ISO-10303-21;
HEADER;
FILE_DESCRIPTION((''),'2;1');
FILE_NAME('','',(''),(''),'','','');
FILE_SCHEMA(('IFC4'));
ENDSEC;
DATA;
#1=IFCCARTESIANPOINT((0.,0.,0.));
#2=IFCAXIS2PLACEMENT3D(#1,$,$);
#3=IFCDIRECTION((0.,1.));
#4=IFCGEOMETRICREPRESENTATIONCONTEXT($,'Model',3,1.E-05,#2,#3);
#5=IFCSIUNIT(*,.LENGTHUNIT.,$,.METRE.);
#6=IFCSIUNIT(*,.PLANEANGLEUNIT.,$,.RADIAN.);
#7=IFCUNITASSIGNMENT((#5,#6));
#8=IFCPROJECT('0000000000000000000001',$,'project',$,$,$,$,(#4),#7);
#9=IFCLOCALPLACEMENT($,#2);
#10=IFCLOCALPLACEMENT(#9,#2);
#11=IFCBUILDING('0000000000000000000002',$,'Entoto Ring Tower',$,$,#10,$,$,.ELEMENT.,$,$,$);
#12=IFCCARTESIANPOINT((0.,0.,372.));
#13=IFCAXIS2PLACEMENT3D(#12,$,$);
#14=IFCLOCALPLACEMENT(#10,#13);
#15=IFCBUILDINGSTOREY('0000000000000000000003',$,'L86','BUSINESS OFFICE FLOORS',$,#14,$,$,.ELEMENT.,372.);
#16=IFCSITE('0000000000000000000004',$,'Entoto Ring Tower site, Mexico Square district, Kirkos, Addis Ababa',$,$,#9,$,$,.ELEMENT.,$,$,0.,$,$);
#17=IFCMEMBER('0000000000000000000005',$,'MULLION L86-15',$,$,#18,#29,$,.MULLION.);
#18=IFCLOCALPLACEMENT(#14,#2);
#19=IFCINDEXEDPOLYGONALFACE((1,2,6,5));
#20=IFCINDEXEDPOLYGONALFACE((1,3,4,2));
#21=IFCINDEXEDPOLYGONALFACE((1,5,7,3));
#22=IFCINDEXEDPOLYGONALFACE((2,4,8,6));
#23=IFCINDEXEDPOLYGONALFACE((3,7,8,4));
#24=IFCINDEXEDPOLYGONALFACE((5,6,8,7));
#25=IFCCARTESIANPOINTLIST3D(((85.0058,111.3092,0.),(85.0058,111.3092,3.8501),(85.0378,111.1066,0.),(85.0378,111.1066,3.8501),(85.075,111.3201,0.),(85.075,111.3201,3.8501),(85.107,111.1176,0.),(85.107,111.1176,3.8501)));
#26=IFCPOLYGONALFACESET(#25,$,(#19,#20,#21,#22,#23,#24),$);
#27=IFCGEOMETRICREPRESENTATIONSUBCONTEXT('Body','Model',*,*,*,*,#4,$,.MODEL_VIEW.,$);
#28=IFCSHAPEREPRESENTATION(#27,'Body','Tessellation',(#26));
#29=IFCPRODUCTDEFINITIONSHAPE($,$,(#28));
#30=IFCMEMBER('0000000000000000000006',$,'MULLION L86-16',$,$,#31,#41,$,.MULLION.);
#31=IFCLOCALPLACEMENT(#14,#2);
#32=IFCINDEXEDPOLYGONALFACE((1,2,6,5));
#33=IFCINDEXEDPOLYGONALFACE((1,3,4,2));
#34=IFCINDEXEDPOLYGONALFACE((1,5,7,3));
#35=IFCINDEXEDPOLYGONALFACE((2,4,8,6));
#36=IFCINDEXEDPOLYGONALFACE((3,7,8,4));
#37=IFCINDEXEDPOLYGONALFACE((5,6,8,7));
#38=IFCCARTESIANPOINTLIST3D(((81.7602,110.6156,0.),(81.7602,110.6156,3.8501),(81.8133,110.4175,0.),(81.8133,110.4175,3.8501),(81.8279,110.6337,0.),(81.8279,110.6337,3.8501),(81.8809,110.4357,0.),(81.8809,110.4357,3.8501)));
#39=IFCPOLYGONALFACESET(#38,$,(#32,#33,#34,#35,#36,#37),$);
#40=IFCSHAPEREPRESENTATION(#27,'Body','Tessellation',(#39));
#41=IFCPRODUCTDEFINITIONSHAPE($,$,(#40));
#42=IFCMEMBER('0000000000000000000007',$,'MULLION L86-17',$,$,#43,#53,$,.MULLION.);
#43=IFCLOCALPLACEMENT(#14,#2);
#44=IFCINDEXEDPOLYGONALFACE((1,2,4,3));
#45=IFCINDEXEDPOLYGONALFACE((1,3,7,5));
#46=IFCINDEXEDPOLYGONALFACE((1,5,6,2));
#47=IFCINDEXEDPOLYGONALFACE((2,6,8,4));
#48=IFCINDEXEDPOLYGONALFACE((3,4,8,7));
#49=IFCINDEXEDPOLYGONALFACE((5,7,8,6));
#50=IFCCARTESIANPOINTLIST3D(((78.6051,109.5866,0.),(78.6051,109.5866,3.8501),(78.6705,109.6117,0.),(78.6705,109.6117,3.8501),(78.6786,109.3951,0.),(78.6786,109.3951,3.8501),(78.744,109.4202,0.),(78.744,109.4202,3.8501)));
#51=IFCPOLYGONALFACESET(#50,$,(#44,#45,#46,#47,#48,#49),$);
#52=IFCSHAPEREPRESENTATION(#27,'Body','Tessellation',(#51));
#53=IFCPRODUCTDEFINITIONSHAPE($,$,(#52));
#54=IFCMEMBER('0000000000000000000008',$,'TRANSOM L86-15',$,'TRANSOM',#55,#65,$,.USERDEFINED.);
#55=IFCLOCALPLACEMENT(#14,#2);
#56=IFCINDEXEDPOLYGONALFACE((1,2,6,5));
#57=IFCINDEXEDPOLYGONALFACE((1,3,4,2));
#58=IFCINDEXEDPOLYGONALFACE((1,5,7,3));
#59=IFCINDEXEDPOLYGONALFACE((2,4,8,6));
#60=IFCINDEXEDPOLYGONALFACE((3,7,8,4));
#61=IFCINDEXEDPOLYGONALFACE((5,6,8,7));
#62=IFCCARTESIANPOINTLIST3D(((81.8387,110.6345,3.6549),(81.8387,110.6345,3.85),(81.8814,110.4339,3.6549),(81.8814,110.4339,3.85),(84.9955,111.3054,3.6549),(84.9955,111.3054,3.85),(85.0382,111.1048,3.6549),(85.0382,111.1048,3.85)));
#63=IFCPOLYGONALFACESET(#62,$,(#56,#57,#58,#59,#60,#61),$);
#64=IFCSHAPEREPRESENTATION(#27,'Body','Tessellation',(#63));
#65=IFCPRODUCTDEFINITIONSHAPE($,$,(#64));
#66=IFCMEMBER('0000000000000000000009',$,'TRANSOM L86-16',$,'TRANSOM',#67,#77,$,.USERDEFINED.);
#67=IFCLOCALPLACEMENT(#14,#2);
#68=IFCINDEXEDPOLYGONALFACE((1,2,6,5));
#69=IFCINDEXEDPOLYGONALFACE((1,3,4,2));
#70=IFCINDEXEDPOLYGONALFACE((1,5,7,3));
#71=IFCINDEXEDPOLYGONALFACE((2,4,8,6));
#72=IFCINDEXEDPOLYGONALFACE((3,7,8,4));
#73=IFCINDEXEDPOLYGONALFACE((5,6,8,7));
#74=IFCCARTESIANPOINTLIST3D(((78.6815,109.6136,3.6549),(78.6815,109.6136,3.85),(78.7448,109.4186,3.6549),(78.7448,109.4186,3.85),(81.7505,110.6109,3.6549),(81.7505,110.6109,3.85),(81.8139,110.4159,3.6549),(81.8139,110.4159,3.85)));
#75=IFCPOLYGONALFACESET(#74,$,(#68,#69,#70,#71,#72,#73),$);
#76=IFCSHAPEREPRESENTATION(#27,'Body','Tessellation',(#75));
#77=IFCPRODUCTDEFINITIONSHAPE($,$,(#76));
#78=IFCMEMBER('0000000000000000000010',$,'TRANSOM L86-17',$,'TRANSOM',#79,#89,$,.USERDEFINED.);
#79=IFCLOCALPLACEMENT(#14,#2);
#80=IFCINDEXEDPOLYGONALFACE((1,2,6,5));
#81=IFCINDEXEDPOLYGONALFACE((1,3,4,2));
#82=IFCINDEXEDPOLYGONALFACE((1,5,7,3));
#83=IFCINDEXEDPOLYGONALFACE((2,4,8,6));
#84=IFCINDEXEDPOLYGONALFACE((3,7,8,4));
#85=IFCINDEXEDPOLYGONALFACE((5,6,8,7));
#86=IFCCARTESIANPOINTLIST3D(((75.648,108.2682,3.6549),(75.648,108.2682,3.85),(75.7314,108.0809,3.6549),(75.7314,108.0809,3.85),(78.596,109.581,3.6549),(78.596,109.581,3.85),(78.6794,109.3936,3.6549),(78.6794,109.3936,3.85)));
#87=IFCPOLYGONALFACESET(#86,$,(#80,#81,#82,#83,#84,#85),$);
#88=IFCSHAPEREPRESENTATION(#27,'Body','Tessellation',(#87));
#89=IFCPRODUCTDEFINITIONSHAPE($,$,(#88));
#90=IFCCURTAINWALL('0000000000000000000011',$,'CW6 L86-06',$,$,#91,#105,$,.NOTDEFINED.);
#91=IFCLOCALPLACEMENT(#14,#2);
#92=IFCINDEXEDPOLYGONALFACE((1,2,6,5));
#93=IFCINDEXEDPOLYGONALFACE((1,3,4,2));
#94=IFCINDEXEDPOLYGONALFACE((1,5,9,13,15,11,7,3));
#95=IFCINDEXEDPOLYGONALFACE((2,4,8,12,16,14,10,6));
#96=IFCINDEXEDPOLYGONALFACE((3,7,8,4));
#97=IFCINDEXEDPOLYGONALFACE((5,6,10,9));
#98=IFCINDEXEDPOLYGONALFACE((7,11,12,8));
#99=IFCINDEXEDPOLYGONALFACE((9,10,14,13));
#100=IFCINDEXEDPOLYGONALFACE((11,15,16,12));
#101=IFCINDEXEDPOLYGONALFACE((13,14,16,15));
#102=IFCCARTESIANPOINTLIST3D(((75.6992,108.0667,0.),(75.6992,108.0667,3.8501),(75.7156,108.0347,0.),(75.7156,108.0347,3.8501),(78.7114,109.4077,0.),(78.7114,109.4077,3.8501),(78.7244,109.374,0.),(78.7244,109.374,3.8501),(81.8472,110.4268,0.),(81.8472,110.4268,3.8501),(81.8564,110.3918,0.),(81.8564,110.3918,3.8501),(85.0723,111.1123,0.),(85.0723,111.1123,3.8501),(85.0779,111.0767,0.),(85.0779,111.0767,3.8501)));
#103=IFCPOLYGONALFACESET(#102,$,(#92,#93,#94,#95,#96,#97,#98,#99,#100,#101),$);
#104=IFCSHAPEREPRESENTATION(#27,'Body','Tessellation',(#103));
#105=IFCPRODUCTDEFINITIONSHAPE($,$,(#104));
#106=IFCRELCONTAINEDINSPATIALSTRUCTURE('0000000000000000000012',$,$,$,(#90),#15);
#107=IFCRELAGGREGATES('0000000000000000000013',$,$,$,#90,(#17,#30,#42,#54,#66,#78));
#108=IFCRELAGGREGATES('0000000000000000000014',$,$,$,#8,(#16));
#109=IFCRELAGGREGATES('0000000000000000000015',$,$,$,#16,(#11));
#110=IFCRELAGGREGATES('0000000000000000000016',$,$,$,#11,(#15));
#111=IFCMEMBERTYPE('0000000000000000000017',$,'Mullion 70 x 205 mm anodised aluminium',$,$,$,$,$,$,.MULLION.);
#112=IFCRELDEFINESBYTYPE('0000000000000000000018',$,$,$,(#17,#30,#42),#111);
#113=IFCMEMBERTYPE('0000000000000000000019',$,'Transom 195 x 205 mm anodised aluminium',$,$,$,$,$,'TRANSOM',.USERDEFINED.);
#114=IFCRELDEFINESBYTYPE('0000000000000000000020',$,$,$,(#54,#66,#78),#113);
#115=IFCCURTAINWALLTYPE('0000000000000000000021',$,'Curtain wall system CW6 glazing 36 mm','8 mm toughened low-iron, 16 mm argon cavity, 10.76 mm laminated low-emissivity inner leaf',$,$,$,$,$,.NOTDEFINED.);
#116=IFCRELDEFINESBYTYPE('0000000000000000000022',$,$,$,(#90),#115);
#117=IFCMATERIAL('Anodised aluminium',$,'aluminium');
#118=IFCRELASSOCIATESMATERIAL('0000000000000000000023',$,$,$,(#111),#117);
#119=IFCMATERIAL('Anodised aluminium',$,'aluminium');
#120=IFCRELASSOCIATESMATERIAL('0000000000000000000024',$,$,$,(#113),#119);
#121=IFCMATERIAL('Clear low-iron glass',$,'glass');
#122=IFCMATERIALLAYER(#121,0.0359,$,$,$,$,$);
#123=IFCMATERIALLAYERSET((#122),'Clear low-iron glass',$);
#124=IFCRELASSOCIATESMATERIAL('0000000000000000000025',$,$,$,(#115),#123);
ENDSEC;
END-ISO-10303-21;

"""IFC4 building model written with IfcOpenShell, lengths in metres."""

from ifc_helpers import new_model, si_unit, direction, frame, origin, origin_2d, place, context, subcontext, project, spatial, polyline, rectangle, outline, extrude, material, layer, layer_set, material_profile, profile_set, type_object, element, aggregate, save


model = new_model("IFC4")

# Units and contexts
model_context = context("Model", 3, precision=1e-05, world=origin(), true_north=direction((0.0, 1.0)))
body_context = subcontext(model_context, "Body", "Model", "MODEL_VIEW")
ifc_project = project(units=[si_unit("LENGTHUNIT", "METRE"), si_unit("PLANEANGLEUNIT", "RADIAN")], contexts=[model_context])

# Members
ifc_material_1 = material(Name="Anodised aluminium", Category="aluminium")
ifc_material_profile_1 = material_profile(ifc_material_1, rectangle(XDim=0.0701, YDim=0.2051, at=origin_2d()), Name="Mullion 70 x 205 mm anodised aluminium")
ifc_profile_set_1 = profile_set([ifc_material_profile_1], Name="Anodised aluminium")
member_type_1 = type_object("IfcMemberType", Name="Mullion 70 x 205 mm anodised aluminium", PredefinedType="MULLION", material=ifc_profile_set_1)
site_placement = place(None, origin())
building_placement = place(site_placement, origin())
storey_placement = place(building_placement, frame((0.0, 0.0, 372.0)))
member_1_placement = place(storey_placement, frame((85.0564, 111.2134, 0.0), z_axis=(0.0, 0.0, 1.0), x_axis=(-0.987688, -0.156434, 0.0)))
member_1 = element("IfcMember", 1, at=member_1_placement, type_object=member_type_1, Name="MULLION L86-15", PredefinedType="MULLION", context=body_context, shape_type="SweptSolid", body=[
    extrude(rectangle(XDim=0.0701, YDim=0.2051, at=origin_2d()), origin(), (0.0, 0.0, 1.0), 3.8501),
])
member_2_placement = place(storey_placement, frame((81.8206, 110.5256, 0.0), z_axis=(0.0, 0.0, 1.0), x_axis=(-0.965926, -0.258819, 0.0)))
member_2 = element("IfcMember", 2, at=member_2_placement, type_object=member_type_1, Name="MULLION L86-16", PredefinedType="MULLION", context=body_context, shape_type="SweptSolid", body=[
    extrude(rectangle(XDim=0.0701, YDim=0.2051, at=origin_2d()), origin(), (0.0, 0.0, 1.0), 3.8501),
])
member_3_placement = place(storey_placement, frame((78.6746, 109.5034, 0.0), z_axis=(0.0, 0.0, 1.0), x_axis=(-0.93358, -0.358368, 0.0)))
member_3 = element("IfcMember", 3, at=member_3_placement, type_object=member_type_1, Name="MULLION L86-17", PredefinedType="MULLION", context=body_context, shape_type="SweptSolid", body=[
    extrude(rectangle(XDim=0.0701, YDim=0.2051, at=origin_2d()), origin(), (0.0, 0.0, 1.0), 3.8501),
])
ifc_material_2 = material(Name="Anodised aluminium", Category="aluminium")
ifc_material_profile_2 = material_profile(ifc_material_2, rectangle(XDim=0.2051, YDim=0.1951, at=origin_2d()), Name="Transom 195 x 205 mm anodised aluminium")
ifc_profile_set_2 = profile_set([ifc_material_profile_2], Name="Anodised aluminium")
member_type_2 = type_object("IfcMemberType", Name="Transom 195 x 205 mm anodised aluminium", ElementType="TRANSOM", PredefinedType="USERDEFINED", material=ifc_profile_set_2)
member_4_placement = place(storey_placement, frame((85.0168, 111.2051, 3.7524), z_axis=(-0.978153, -0.207886, 0.0), x_axis=(0.207886, -0.978153, 0.0)))
member_4 = element("IfcMember", 4, at=member_4_placement, type_object=member_type_2, Name="TRANSOM L86-15", ObjectType="TRANSOM", PredefinedType="USERDEFINED", context=body_context, shape_type="SweptSolid", body=[
    extrude(rectangle(XDim=0.2051, YDim=0.1951, at=origin_2d()), origin(), (0.0, 0.0, 1.0), 3.2273),
])
member_5_placement = place(storey_placement, frame((81.7822, 110.5134, 3.7524), z_axis=(-0.951047, -0.309047, 0.0), x_axis=(0.309047, -0.951047, 0.0)))
member_5 = element("IfcMember", 5, at=member_5_placement, type_object=member_type_2, Name="TRANSOM L86-16", ObjectType="TRANSOM", PredefinedType="USERDEFINED", context=body_context, shape_type="SweptSolid", body=[
    extrude(rectangle(XDim=0.2051, YDim=0.1951, at=origin_2d()), origin(), (0.0, 0.0, 1.0), 3.2271),
])
member_6_placement = place(storey_placement, frame((78.6377, 109.4873, 3.7524), z_axis=(-0.913521, -0.406791, 0.0), x_axis=(0.406791, -0.913521, 0.0)))
member_6 = element("IfcMember", 6, at=member_6_placement, type_object=member_type_2, Name="TRANSOM L86-17", ObjectType="TRANSOM", PredefinedType="USERDEFINED", context=body_context, shape_type="SweptSolid", body=[
    extrude(rectangle(XDim=0.2051, YDim=0.1951, at=origin_2d()), origin(), (0.0, 0.0, 1.0), 3.2271),
])

# Site, building, storey
site = spatial("IfcSite", under=ifc_project, at=site_placement, Name="Entoto Ring Tower site, Mexico Square district, Kirkos, Addis Ababa", CompositionType="ELEMENT", RefElevation=0.0)
building = spatial("IfcBuilding", under=site, at=building_placement, Name="Entoto Ring Tower", CompositionType="ELEMENT")
storey = spatial("IfcBuildingStorey", under=building, at=storey_placement, Name="L86", Description="BUSINESS OFFICE FLOORS", CompositionType="ELEMENT", Elevation=372.0)

# Curtain wall
ifc_material_3 = material(Name="Clear low-iron glass", Category="glass")
ifc_layer = layer(ifc_material_3, 0.0359)
ifc_layer_set = layer_set([ifc_layer], Name="Clear low-iron glass")
curtain_wall_type = type_object("IfcCurtainWallType", Name="Curtain wall system CW6 glazing 36 mm", Description="8 mm toughened low-iron, 16 mm argon cavity, 10.76 mm laminated low-emissivity inner leaf", PredefinedType="NOTDEFINED", material=ifc_layer_set)
curtain_wall_1_placement = place(storey_placement, origin())
curtain_wall_1 = element("IfcCurtainWall", 7, at=curtain_wall_1_placement, inside=storey, type_object=curtain_wall_type, Name="CW6 L86-06", PredefinedType="NOTDEFINED", context=body_context, shape_type="SweptSolid", body=[
    extrude(outline(polyline([(85.0723, 111.1123), (81.8472, 110.4268), (78.7114, 109.4077), (75.6992, 108.0667), (75.7156, 108.0347), (78.7244, 109.374), (81.8564, 110.3918), (85.0779, 111.0767), (85.0723, 111.1123)])), origin(), (0.0, 0.0, 1.0), 3.8501),
])
aggregate(curtain_wall_1, [member_1, member_2, member_3, member_4, member_5, member_6])

save(model, "model.ifc")
